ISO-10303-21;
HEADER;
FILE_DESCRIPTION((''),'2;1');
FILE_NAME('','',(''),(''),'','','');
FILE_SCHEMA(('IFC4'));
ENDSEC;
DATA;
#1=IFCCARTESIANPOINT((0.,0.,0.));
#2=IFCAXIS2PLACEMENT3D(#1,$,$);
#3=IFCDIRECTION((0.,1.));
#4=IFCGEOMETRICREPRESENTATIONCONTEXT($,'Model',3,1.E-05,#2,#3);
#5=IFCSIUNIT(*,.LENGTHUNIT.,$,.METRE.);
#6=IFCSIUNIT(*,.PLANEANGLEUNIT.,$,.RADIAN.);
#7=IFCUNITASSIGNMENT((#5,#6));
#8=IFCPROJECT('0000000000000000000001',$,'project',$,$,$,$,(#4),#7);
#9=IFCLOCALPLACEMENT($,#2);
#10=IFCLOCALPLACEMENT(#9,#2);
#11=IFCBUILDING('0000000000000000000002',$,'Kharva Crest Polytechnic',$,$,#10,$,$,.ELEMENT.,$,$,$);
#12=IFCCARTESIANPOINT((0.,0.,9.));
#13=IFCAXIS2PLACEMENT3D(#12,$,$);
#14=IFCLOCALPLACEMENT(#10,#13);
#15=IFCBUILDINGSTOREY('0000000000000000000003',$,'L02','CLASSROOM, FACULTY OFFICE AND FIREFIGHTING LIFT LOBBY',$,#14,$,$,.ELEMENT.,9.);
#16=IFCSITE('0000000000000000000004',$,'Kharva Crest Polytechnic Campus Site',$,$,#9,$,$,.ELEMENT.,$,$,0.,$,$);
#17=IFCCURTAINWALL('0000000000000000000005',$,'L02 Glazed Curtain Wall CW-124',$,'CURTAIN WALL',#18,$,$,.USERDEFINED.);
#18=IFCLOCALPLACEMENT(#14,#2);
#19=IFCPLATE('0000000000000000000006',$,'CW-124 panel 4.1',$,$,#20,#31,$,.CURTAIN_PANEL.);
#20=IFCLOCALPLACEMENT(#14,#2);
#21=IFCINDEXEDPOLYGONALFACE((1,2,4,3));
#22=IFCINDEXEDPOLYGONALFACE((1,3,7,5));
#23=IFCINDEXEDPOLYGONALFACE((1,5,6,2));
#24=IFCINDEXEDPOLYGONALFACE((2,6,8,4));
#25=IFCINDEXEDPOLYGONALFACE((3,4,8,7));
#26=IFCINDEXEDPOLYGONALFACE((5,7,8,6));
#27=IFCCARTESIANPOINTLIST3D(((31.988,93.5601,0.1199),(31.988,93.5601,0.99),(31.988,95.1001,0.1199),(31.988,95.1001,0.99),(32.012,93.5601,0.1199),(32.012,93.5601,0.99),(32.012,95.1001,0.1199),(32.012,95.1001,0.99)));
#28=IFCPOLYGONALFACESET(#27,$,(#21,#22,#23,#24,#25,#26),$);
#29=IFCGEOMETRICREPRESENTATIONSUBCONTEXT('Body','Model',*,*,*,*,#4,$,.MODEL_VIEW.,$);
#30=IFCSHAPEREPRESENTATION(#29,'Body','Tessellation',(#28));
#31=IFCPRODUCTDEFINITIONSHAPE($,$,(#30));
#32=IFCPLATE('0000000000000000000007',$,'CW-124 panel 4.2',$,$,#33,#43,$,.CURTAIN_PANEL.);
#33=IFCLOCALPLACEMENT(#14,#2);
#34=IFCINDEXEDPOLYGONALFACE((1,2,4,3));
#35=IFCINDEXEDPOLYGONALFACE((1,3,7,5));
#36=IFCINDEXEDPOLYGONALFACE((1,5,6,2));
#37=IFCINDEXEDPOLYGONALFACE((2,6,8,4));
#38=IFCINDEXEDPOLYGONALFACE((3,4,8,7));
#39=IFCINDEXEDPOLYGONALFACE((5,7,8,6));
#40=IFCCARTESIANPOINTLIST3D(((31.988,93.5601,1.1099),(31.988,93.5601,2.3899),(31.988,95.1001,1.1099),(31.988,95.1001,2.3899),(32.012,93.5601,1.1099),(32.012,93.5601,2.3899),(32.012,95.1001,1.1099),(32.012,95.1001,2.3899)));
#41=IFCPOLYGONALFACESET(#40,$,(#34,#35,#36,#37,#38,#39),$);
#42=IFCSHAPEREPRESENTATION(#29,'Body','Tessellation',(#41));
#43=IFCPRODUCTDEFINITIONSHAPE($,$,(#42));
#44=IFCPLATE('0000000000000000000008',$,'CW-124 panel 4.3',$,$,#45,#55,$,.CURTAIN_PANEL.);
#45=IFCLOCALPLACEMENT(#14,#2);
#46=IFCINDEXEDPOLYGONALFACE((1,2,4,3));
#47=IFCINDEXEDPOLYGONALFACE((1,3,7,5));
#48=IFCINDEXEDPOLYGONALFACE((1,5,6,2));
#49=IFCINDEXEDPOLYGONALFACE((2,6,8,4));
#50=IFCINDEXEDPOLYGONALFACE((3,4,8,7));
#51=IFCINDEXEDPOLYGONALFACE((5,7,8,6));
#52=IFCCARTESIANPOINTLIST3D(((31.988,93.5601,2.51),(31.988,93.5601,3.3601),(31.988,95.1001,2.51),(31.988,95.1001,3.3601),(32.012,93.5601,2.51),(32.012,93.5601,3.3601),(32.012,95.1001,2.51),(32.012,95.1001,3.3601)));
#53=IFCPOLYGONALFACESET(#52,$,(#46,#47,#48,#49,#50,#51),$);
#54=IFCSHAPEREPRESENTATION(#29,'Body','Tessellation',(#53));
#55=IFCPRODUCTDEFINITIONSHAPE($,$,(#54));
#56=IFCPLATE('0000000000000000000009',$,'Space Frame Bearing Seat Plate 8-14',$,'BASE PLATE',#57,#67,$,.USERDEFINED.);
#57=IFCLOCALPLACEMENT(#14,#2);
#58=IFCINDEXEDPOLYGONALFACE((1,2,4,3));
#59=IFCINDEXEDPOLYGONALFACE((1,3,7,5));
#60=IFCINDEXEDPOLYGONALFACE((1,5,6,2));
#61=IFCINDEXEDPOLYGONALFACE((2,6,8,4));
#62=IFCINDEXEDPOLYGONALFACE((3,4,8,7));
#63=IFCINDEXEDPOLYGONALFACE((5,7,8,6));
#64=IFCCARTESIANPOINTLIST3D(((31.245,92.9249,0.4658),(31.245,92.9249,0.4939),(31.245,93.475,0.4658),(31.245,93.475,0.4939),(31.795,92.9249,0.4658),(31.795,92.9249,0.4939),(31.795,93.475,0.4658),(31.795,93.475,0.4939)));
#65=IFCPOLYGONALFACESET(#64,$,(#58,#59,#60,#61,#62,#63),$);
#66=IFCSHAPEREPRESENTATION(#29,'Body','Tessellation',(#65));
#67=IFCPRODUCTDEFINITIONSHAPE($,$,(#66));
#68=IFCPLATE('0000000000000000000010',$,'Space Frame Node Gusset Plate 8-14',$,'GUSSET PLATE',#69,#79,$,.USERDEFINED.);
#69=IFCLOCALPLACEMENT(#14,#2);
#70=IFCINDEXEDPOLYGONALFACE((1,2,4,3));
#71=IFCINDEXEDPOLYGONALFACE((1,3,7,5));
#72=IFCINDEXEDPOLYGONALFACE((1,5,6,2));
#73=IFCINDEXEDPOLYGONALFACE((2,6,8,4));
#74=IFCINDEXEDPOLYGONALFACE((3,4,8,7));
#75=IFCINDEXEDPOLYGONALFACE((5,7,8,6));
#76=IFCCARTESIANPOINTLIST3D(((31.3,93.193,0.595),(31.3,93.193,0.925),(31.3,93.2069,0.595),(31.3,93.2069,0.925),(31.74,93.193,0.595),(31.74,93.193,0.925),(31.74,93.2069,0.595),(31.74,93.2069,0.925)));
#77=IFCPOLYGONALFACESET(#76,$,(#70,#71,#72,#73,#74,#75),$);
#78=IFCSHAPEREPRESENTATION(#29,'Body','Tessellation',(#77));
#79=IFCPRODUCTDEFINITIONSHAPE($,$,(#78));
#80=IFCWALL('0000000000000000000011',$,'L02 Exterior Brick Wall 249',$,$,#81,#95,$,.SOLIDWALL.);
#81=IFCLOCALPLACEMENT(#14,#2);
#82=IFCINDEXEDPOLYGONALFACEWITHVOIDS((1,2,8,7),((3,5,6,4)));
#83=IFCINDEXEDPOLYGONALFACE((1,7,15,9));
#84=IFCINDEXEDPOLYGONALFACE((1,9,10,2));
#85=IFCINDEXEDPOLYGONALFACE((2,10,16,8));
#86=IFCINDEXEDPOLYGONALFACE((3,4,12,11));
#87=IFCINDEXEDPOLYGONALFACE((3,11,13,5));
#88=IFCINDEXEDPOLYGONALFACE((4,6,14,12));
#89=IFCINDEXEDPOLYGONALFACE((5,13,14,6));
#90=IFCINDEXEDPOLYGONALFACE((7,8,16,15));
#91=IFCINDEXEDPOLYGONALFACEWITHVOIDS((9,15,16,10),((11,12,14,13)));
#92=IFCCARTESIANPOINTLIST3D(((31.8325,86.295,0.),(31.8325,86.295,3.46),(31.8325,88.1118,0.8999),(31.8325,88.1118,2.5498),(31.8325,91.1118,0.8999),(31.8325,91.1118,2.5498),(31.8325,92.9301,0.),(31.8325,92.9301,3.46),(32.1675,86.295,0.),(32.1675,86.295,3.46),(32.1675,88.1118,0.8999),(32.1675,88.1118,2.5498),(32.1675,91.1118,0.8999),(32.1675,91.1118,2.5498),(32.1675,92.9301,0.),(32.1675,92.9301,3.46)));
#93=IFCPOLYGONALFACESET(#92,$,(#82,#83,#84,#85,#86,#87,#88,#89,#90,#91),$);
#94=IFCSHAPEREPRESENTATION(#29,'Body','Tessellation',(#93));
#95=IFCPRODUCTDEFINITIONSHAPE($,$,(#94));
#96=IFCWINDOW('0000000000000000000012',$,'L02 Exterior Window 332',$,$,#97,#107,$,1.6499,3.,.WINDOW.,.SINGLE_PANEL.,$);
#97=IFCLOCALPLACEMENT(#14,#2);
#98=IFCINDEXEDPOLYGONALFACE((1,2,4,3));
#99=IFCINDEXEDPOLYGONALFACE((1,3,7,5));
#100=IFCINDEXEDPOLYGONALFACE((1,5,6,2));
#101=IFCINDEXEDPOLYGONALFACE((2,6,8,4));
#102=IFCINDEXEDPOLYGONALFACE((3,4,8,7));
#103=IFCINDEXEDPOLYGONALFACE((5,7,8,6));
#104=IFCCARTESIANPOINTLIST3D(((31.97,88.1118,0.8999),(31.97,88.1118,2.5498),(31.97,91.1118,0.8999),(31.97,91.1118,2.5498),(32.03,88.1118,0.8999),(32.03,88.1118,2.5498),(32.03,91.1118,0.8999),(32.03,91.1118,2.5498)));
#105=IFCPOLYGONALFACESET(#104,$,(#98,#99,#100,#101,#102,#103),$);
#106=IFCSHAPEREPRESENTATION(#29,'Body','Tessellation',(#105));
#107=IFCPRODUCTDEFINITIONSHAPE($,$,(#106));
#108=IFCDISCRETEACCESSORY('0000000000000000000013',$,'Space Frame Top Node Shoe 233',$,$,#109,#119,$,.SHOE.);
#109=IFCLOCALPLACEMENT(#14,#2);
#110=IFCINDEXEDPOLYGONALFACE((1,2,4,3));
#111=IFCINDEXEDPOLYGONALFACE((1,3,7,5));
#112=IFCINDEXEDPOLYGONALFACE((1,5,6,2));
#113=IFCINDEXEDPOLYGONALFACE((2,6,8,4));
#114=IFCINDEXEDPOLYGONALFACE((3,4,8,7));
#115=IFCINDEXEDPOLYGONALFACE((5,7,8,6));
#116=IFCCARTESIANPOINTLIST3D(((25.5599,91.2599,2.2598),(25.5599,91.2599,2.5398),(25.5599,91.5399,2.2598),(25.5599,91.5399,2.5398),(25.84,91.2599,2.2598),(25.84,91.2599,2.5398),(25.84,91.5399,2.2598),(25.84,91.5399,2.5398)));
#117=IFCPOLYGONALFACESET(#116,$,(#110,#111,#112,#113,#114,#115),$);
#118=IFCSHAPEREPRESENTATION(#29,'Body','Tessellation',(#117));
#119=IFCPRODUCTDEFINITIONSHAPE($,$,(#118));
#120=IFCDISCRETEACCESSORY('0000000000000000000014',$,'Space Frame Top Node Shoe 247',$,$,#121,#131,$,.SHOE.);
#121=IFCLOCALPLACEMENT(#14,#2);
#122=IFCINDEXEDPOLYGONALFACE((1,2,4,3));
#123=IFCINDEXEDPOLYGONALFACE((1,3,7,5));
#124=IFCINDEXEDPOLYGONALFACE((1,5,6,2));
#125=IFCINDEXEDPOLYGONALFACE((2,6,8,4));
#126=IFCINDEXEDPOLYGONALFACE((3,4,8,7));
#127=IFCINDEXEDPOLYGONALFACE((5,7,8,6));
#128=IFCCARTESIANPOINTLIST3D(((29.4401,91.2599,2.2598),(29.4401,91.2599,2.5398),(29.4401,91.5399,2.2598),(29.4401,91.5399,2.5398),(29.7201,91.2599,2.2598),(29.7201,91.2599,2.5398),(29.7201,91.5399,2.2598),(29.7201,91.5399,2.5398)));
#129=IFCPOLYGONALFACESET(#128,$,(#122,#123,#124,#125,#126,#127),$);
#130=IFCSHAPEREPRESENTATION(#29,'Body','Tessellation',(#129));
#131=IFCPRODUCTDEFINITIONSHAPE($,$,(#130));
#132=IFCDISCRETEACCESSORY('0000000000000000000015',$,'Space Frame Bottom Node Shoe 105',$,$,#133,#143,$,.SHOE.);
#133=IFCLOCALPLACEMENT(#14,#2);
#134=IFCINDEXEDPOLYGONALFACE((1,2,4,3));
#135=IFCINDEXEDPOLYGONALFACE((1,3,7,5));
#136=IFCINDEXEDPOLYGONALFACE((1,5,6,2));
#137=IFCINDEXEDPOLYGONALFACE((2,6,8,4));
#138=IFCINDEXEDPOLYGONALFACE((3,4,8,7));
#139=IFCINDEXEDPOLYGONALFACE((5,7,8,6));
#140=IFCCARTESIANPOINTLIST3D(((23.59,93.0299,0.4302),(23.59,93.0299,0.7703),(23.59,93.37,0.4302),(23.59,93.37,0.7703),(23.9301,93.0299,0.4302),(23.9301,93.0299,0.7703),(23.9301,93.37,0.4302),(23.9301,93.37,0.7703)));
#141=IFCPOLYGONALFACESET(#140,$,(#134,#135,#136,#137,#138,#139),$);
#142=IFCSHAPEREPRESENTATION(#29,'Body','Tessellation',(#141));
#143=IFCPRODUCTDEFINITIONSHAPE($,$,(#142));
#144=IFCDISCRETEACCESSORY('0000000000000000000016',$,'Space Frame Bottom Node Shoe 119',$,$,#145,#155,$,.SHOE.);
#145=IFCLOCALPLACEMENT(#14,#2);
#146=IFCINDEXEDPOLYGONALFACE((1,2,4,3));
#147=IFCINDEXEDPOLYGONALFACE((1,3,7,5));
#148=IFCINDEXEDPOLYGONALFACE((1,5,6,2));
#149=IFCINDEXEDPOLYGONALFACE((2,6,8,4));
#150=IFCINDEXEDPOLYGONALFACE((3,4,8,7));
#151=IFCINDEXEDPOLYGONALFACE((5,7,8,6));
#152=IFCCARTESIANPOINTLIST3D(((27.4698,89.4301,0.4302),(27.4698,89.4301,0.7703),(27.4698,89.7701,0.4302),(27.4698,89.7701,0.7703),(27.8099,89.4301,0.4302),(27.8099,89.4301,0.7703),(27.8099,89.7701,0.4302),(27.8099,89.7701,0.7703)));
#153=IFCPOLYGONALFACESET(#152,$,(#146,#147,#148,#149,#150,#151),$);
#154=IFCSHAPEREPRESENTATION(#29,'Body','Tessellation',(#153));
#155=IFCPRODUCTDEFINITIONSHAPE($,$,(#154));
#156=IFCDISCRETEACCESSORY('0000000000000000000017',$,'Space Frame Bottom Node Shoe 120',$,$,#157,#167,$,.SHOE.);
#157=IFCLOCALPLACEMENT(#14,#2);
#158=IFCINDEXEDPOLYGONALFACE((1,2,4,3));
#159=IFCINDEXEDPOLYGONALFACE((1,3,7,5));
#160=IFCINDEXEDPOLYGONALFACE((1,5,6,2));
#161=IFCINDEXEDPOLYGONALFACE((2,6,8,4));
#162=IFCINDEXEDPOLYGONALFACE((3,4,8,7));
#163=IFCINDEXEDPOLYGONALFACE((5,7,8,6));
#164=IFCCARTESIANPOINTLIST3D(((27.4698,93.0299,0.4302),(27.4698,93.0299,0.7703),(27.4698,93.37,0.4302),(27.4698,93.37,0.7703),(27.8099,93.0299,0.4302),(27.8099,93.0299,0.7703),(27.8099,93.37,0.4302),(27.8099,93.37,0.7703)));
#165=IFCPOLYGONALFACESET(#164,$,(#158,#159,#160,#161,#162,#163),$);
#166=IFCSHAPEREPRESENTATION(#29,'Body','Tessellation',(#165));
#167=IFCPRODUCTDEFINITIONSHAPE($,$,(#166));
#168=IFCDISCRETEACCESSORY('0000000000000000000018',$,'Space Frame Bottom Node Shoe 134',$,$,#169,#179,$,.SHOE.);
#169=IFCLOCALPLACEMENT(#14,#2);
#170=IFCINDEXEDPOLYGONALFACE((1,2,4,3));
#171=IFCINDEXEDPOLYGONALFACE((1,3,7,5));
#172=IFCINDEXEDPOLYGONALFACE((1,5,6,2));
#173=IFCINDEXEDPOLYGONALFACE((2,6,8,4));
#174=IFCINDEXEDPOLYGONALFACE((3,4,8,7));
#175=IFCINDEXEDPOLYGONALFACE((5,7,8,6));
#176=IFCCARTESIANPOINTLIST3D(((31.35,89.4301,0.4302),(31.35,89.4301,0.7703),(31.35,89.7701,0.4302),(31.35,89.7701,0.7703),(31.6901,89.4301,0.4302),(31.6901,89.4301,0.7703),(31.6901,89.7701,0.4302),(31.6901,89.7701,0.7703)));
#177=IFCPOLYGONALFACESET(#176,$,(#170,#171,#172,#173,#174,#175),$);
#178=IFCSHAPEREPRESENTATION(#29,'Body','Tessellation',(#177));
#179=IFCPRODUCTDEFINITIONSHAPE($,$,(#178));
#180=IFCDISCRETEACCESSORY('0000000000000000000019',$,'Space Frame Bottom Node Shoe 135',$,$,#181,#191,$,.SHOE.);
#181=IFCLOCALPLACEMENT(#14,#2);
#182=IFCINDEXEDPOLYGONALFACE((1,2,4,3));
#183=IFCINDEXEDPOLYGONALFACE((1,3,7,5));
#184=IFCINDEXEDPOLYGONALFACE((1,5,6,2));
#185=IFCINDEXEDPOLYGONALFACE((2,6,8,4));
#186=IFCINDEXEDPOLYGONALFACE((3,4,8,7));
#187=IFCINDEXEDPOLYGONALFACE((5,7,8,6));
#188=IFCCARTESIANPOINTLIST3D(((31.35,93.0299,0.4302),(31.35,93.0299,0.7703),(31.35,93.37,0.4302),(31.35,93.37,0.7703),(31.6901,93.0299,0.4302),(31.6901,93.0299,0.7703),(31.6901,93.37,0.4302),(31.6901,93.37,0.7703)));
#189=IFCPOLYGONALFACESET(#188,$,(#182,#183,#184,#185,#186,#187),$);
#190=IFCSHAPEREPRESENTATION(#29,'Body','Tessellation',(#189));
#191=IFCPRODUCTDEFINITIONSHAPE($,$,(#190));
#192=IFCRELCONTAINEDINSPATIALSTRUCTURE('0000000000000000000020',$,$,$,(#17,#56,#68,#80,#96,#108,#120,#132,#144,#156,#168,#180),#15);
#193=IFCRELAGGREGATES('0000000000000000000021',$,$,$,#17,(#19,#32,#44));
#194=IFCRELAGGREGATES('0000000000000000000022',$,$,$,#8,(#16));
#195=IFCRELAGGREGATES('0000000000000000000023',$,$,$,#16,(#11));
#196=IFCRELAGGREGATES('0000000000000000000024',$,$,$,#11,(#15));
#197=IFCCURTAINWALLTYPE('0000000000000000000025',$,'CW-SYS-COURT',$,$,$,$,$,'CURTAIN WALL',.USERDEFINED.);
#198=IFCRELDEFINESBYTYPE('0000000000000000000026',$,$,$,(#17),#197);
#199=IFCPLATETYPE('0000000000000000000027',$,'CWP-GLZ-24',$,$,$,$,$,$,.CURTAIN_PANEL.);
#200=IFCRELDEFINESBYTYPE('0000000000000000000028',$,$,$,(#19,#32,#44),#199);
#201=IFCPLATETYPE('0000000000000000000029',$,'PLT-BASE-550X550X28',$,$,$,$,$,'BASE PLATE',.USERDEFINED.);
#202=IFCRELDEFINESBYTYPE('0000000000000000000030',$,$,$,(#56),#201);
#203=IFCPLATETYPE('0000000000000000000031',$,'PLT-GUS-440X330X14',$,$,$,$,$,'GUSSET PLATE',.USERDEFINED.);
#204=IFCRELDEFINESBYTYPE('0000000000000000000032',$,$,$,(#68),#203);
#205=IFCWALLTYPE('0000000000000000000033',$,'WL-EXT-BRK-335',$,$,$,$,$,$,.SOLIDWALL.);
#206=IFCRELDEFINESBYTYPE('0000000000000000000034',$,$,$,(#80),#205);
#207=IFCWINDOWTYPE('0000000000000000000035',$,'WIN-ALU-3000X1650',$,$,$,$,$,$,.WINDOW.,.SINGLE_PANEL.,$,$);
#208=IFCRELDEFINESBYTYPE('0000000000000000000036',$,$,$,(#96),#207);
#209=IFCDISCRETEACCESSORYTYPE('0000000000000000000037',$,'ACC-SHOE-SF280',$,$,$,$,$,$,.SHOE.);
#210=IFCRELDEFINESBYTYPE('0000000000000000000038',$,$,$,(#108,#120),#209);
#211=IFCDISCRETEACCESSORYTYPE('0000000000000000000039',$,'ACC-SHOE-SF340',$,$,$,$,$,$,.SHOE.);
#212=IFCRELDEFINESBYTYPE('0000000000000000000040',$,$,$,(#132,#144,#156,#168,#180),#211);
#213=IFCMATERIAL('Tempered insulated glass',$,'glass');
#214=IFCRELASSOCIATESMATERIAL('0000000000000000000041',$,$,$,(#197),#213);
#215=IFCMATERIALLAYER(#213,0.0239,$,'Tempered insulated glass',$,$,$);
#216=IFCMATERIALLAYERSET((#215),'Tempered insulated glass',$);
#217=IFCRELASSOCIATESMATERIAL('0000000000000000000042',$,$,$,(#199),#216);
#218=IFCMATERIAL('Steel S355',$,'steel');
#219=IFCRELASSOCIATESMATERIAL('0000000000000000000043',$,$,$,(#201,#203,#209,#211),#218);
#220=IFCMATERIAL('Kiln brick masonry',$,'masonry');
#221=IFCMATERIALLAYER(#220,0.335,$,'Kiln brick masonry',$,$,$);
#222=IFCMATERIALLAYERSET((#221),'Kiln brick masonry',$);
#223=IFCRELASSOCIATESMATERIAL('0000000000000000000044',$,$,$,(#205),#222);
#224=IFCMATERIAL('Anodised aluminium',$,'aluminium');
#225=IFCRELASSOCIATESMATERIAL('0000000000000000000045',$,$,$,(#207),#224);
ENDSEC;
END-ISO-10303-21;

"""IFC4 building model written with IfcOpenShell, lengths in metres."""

from ifc_helpers import new_model, si_unit, direction, frame, frame_2d, origin, origin_2d, place, context, subcontext, project, spatial, rectangle, extrude, material, layer, layer_set, type_object, element, fill, aggregate, save


model = new_model("IFC4")

# Units and contexts
model_context = context("Model", 3, precision=1e-05, world=origin(), true_north=direction((0.0, 1.0)))
body_context = subcontext(model_context, "Body", "Model", "MODEL_VIEW")
ifc_project = project(units=[si_unit("LENGTHUNIT", "METRE"), si_unit("PLANEANGLEUNIT", "RADIAN")], contexts=[model_context])

# Site, building, storey
site_placement = place(None, origin())
site = spatial("IfcSite", under=ifc_project, at=site_placement, Name="Kharva Crest Polytechnic Campus Site", CompositionType="ELEMENT", RefElevation=0.0)
building_placement = place(site_placement, origin())
building = spatial("IfcBuilding", under=site, at=building_placement, Name="Kharva Crest Polytechnic", CompositionType="ELEMENT")
storey_placement = place(building_placement, frame((0.0, 0.0, 9.0)))
storey = spatial("IfcBuildingStorey", under=building, at=storey_placement, Name="L02", Description="CLASSROOM, FACULTY OFFICE AND FIREFIGHTING LIFT LOBBY", CompositionType="ELEMENT", Elevation=9.0)

# Curtain wall
ifc_material_1 = material(Name="Tempered insulated glass", Category="glass")
curtain_wall_type = type_object("IfcCurtainWallType", Name="CW-SYS-COURT", ElementType="CURTAIN WALL", PredefinedType="USERDEFINED", material=ifc_material_1)
curtain_wall_placement = place(storey_placement, origin())
curtain_wall = element("IfcCurtainWall", 1, at=curtain_wall_placement, inside=storey, type_object=curtain_wall_type, Name="L02 Glazed Curtain Wall CW-124", ObjectType="CURTAIN WALL", PredefinedType="USERDEFINED")
ifc_material_2 = material(Name="Steel S355", Category="steel")

# Plates
ifc_layer_1 = layer(ifc_material_1, 0.0239, Name="Tempered insulated glass")
ifc_layer_set_1 = layer_set([ifc_layer_1], Name="Tempered insulated glass")
plate_type_1 = type_object("IfcPlateType", Name="CWP-GLZ-24", PredefinedType="CURTAIN_PANEL", material=ifc_layer_set_1)
plate_1_placement = place(storey_placement, frame((32.0, 94.3301, 0.1199), z_axis=(0.0, 0.0, 1.0), x_axis=(0.0, -1.0, 0.0)))
plate_1 = element("IfcPlate", 2, at=plate_1_placement, type_object=plate_type_1, Name="CW-124 panel 4.1", PredefinedType="CURTAIN_PANEL", context=body_context, shape_type="SweptSolid", body=[
    extrude(rectangle(XDim=1.54, YDim=0.0239, at=origin_2d()), origin(), (0.0, 0.0, 1.0), 0.8701),
])
plate_2_placement = place(storey_placement, frame((32.0, 94.3301, 1.1099), z_axis=(0.0, 0.0, 1.0), x_axis=(0.0, -1.0, 0.0)))
plate_2 = element("IfcPlate", 3, at=plate_2_placement, type_object=plate_type_1, Name="CW-124 panel 4.2", PredefinedType="CURTAIN_PANEL", context=body_context, shape_type="SweptSolid", body=[
    extrude(rectangle(XDim=1.54, YDim=0.0239, at=origin_2d()), origin(), (0.0, 0.0, 1.0), 1.28),
])
plate_3_placement = place(storey_placement, frame((32.0, 94.3301, 2.51), z_axis=(0.0, 0.0, 1.0), x_axis=(0.0, -1.0, 0.0)))
plate_3 = element("IfcPlate", 4, at=plate_3_placement, type_object=plate_type_1, Name="CW-124 panel 4.3", PredefinedType="CURTAIN_PANEL", context=body_context, shape_type="SweptSolid", body=[
    extrude(rectangle(XDim=1.54, YDim=0.0239, at=origin_2d()), origin(), (0.0, 0.0, 1.0), 0.8501),
])
aggregate(curtain_wall, [plate_1, plate_2, plate_3])

# Plates
plate_type_2 = type_object("IfcPlateType", Name="PLT-BASE-550X550X28", ElementType="BASE PLATE", PredefinedType="USERDEFINED", material=ifc_material_2)
plate_4_placement = place(storey_placement, frame((31.52, 93.2, 0.4658), z_axis=(0.0, 0.0, 1.0), x_axis=(1.0, 0.0, 0.0)))
element("IfcPlate", 5, at=plate_4_placement, inside=storey, type_object=plate_type_2, Name="Space Frame Bearing Seat Plate 8-14", ObjectType="BASE PLATE", PredefinedType="USERDEFINED", context=body_context, shape_type="SweptSolid", body=[
    extrude(rectangle(XDim=0.55, YDim=0.55, at=origin_2d()), origin(), (0.0, 0.0, 1.0), 0.0281),
])
plate_type_3 = type_object("IfcPlateType", Name="PLT-GUS-440X330X14", ElementType="GUSSET PLATE", PredefinedType="USERDEFINED", material=ifc_material_2)
plate_5_placement = place(storey_placement, frame((31.52, 93.2, 0.595), z_axis=(0.0, 0.0, 1.0), x_axis=(1.0, 0.0, 0.0)))
element("IfcPlate", 6, at=plate_5_placement, inside=storey, type_object=plate_type_3, Name="Space Frame Node Gusset Plate 8-14", ObjectType="GUSSET PLATE", PredefinedType="USERDEFINED", context=body_context, shape_type="SweptSolid", body=[
    extrude(rectangle(XDim=0.4399, YDim=0.0139, at=origin_2d()), origin(), (0.0, 0.0, 1.0), 0.3301),
])

# Wall, opening, window
ifc_material_3 = material(Name="Kiln brick masonry", Category="masonry")
ifc_layer_2 = layer(ifc_material_3, 0.335, Name="Kiln brick masonry")
ifc_layer_set_2 = layer_set([ifc_layer_2], Name="Kiln brick masonry")
wall_type = type_object("IfcWallType", Name="WL-EXT-BRK-335", PredefinedType="SOLIDWALL", material=ifc_layer_set_2)
wall_placement = place(storey_placement, frame((32.0, 92.9299, 0.0), z_axis=(0.0, 0.0, 1.0), x_axis=(0.0, -1.0, 0.0)))
wall = element("IfcWall", 7, at=wall_placement, inside=storey, type_object=wall_type, Name="L02 Exterior Brick Wall 249", PredefinedType="SOLIDWALL", context=body_context, shape_type="SweptSolid", body=[
    extrude(rectangle(XDim=6.635, YDim=0.335, at=frame_2d((3.3174, 0.0))), origin(), (0.0, 0.0, 1.0), 3.46),
])
opening_placement = place(wall_placement, frame((1.8181, 0.0, 0.8999)))
opening = element("IfcOpeningElement", 8, at=opening_placement, cuts=wall, PredefinedType="OPENING", context=body_context, shape_type="SweptSolid", body=[
    extrude(rectangle(XDim=3.0, YDim=1.6499, at=frame_2d((1.5, 0.825))), frame((0.0, 0.1775, 0.0), z_axis=(0.0, -1.0, 0.0), x_axis=(1.0, 0.0, 0.0)), (0.0, 0.0, 1.0), 0.355),
])
ifc_material_4 = material(Name="Anodised aluminium", Category="aluminium")
window_type = type_object("IfcWindowType", Name="WIN-ALU-3000X1650", PartitioningType="SINGLE_PANEL", PredefinedType="WINDOW", material=ifc_material_4)
window_placement = place(opening_placement, origin())
window = element("IfcWindow", 9, at=window_placement, inside=storey, type_object=window_type, Name="L02 Exterior Window 332", OverallHeight=1.6499, OverallWidth=3.0, PartitioningType="SINGLE_PANEL", PredefinedType="WINDOW", context=body_context, shape_type="SweptSolid", body=[
    extrude(rectangle(XDim=3.0, YDim=1.6499, at=frame_2d((1.5, 0.825))), frame((0.0, 0.03, 0.0), z_axis=(0.0, -1.0, 0.0), x_axis=(1.0, 0.0, 0.0)), (0.0, 0.0, 1.0), 0.0601),
])
fill(opening, window)

# Discrete accessories
discrete_accessory_type_1 = type_object("IfcDiscreteAccessoryType", Name="ACC-SHOE-SF280", PredefinedType="SHOE", material=ifc_material_2)
for number, where, z_axis, x_axis, name in (
    (10, (25.7, 91.3999, 2.2598), (0.0, 0.0, 1.0), (1.0, 0.0, 0.0), "Space Frame Top Node Shoe 233"),
    (11, (29.5801, 91.3999, 2.2598), (0.0, 0.0, 1.0), (1.0, 0.0, 0.0), "Space Frame Top Node Shoe 247"),
):
    element("IfcDiscreteAccessory", number, at=place(storey_placement, frame(where, z_axis=z_axis, x_axis=x_axis)), inside=storey, type_object=discrete_accessory_type_1, Name=name, PredefinedType="SHOE", context=body_context, shape_type="SweptSolid", body=[
        extrude(rectangle(XDim=0.28, YDim=0.28, at=origin_2d()), origin(), (0.0, 0.0, 1.0), 0.28),
    ])
discrete_accessory_type_2 = type_object("IfcDiscreteAccessoryType", Name="ACC-SHOE-SF340", PredefinedType="SHOE", material=ifc_material_2)
for number, where, z_axis, x_axis, name in (
    (12, (23.76, 93.2, 0.4302), (0.0, 0.0, 1.0), (1.0, 0.0, 0.0), "Space Frame Bottom Node Shoe 105"),
    (13, (27.6399, 89.6001, 0.4302), (0.0, 0.0, 1.0), (1.0, 0.0, 0.0), "Space Frame Bottom Node Shoe 119"),
    (14, (27.6399, 93.2, 0.4302), (0.0, 0.0, 1.0), (1.0, 0.0, 0.0), "Space Frame Bottom Node Shoe 120"),
    (15, (31.52, 89.6001, 0.4302), (0.0, 0.0, 1.0), (1.0, 0.0, 0.0), "Space Frame Bottom Node Shoe 134"),
    (16, (31.52, 93.2, 0.4302), (0.0, 0.0, 1.0), (1.0, 0.0, 0.0), "Space Frame Bottom Node Shoe 135"),
):
    element("IfcDiscreteAccessory", number, at=place(storey_placement, frame(where, z_axis=z_axis, x_axis=x_axis)), inside=storey, type_object=discrete_accessory_type_2, Name=name, PredefinedType="SHOE", context=body_context, shape_type="SweptSolid", body=[
        extrude(rectangle(XDim=0.3401, YDim=0.3401, at=origin_2d()), origin(), (0.0, 0.0, 1.0), 0.3401),
    ])

save(model, "model.ifc")
